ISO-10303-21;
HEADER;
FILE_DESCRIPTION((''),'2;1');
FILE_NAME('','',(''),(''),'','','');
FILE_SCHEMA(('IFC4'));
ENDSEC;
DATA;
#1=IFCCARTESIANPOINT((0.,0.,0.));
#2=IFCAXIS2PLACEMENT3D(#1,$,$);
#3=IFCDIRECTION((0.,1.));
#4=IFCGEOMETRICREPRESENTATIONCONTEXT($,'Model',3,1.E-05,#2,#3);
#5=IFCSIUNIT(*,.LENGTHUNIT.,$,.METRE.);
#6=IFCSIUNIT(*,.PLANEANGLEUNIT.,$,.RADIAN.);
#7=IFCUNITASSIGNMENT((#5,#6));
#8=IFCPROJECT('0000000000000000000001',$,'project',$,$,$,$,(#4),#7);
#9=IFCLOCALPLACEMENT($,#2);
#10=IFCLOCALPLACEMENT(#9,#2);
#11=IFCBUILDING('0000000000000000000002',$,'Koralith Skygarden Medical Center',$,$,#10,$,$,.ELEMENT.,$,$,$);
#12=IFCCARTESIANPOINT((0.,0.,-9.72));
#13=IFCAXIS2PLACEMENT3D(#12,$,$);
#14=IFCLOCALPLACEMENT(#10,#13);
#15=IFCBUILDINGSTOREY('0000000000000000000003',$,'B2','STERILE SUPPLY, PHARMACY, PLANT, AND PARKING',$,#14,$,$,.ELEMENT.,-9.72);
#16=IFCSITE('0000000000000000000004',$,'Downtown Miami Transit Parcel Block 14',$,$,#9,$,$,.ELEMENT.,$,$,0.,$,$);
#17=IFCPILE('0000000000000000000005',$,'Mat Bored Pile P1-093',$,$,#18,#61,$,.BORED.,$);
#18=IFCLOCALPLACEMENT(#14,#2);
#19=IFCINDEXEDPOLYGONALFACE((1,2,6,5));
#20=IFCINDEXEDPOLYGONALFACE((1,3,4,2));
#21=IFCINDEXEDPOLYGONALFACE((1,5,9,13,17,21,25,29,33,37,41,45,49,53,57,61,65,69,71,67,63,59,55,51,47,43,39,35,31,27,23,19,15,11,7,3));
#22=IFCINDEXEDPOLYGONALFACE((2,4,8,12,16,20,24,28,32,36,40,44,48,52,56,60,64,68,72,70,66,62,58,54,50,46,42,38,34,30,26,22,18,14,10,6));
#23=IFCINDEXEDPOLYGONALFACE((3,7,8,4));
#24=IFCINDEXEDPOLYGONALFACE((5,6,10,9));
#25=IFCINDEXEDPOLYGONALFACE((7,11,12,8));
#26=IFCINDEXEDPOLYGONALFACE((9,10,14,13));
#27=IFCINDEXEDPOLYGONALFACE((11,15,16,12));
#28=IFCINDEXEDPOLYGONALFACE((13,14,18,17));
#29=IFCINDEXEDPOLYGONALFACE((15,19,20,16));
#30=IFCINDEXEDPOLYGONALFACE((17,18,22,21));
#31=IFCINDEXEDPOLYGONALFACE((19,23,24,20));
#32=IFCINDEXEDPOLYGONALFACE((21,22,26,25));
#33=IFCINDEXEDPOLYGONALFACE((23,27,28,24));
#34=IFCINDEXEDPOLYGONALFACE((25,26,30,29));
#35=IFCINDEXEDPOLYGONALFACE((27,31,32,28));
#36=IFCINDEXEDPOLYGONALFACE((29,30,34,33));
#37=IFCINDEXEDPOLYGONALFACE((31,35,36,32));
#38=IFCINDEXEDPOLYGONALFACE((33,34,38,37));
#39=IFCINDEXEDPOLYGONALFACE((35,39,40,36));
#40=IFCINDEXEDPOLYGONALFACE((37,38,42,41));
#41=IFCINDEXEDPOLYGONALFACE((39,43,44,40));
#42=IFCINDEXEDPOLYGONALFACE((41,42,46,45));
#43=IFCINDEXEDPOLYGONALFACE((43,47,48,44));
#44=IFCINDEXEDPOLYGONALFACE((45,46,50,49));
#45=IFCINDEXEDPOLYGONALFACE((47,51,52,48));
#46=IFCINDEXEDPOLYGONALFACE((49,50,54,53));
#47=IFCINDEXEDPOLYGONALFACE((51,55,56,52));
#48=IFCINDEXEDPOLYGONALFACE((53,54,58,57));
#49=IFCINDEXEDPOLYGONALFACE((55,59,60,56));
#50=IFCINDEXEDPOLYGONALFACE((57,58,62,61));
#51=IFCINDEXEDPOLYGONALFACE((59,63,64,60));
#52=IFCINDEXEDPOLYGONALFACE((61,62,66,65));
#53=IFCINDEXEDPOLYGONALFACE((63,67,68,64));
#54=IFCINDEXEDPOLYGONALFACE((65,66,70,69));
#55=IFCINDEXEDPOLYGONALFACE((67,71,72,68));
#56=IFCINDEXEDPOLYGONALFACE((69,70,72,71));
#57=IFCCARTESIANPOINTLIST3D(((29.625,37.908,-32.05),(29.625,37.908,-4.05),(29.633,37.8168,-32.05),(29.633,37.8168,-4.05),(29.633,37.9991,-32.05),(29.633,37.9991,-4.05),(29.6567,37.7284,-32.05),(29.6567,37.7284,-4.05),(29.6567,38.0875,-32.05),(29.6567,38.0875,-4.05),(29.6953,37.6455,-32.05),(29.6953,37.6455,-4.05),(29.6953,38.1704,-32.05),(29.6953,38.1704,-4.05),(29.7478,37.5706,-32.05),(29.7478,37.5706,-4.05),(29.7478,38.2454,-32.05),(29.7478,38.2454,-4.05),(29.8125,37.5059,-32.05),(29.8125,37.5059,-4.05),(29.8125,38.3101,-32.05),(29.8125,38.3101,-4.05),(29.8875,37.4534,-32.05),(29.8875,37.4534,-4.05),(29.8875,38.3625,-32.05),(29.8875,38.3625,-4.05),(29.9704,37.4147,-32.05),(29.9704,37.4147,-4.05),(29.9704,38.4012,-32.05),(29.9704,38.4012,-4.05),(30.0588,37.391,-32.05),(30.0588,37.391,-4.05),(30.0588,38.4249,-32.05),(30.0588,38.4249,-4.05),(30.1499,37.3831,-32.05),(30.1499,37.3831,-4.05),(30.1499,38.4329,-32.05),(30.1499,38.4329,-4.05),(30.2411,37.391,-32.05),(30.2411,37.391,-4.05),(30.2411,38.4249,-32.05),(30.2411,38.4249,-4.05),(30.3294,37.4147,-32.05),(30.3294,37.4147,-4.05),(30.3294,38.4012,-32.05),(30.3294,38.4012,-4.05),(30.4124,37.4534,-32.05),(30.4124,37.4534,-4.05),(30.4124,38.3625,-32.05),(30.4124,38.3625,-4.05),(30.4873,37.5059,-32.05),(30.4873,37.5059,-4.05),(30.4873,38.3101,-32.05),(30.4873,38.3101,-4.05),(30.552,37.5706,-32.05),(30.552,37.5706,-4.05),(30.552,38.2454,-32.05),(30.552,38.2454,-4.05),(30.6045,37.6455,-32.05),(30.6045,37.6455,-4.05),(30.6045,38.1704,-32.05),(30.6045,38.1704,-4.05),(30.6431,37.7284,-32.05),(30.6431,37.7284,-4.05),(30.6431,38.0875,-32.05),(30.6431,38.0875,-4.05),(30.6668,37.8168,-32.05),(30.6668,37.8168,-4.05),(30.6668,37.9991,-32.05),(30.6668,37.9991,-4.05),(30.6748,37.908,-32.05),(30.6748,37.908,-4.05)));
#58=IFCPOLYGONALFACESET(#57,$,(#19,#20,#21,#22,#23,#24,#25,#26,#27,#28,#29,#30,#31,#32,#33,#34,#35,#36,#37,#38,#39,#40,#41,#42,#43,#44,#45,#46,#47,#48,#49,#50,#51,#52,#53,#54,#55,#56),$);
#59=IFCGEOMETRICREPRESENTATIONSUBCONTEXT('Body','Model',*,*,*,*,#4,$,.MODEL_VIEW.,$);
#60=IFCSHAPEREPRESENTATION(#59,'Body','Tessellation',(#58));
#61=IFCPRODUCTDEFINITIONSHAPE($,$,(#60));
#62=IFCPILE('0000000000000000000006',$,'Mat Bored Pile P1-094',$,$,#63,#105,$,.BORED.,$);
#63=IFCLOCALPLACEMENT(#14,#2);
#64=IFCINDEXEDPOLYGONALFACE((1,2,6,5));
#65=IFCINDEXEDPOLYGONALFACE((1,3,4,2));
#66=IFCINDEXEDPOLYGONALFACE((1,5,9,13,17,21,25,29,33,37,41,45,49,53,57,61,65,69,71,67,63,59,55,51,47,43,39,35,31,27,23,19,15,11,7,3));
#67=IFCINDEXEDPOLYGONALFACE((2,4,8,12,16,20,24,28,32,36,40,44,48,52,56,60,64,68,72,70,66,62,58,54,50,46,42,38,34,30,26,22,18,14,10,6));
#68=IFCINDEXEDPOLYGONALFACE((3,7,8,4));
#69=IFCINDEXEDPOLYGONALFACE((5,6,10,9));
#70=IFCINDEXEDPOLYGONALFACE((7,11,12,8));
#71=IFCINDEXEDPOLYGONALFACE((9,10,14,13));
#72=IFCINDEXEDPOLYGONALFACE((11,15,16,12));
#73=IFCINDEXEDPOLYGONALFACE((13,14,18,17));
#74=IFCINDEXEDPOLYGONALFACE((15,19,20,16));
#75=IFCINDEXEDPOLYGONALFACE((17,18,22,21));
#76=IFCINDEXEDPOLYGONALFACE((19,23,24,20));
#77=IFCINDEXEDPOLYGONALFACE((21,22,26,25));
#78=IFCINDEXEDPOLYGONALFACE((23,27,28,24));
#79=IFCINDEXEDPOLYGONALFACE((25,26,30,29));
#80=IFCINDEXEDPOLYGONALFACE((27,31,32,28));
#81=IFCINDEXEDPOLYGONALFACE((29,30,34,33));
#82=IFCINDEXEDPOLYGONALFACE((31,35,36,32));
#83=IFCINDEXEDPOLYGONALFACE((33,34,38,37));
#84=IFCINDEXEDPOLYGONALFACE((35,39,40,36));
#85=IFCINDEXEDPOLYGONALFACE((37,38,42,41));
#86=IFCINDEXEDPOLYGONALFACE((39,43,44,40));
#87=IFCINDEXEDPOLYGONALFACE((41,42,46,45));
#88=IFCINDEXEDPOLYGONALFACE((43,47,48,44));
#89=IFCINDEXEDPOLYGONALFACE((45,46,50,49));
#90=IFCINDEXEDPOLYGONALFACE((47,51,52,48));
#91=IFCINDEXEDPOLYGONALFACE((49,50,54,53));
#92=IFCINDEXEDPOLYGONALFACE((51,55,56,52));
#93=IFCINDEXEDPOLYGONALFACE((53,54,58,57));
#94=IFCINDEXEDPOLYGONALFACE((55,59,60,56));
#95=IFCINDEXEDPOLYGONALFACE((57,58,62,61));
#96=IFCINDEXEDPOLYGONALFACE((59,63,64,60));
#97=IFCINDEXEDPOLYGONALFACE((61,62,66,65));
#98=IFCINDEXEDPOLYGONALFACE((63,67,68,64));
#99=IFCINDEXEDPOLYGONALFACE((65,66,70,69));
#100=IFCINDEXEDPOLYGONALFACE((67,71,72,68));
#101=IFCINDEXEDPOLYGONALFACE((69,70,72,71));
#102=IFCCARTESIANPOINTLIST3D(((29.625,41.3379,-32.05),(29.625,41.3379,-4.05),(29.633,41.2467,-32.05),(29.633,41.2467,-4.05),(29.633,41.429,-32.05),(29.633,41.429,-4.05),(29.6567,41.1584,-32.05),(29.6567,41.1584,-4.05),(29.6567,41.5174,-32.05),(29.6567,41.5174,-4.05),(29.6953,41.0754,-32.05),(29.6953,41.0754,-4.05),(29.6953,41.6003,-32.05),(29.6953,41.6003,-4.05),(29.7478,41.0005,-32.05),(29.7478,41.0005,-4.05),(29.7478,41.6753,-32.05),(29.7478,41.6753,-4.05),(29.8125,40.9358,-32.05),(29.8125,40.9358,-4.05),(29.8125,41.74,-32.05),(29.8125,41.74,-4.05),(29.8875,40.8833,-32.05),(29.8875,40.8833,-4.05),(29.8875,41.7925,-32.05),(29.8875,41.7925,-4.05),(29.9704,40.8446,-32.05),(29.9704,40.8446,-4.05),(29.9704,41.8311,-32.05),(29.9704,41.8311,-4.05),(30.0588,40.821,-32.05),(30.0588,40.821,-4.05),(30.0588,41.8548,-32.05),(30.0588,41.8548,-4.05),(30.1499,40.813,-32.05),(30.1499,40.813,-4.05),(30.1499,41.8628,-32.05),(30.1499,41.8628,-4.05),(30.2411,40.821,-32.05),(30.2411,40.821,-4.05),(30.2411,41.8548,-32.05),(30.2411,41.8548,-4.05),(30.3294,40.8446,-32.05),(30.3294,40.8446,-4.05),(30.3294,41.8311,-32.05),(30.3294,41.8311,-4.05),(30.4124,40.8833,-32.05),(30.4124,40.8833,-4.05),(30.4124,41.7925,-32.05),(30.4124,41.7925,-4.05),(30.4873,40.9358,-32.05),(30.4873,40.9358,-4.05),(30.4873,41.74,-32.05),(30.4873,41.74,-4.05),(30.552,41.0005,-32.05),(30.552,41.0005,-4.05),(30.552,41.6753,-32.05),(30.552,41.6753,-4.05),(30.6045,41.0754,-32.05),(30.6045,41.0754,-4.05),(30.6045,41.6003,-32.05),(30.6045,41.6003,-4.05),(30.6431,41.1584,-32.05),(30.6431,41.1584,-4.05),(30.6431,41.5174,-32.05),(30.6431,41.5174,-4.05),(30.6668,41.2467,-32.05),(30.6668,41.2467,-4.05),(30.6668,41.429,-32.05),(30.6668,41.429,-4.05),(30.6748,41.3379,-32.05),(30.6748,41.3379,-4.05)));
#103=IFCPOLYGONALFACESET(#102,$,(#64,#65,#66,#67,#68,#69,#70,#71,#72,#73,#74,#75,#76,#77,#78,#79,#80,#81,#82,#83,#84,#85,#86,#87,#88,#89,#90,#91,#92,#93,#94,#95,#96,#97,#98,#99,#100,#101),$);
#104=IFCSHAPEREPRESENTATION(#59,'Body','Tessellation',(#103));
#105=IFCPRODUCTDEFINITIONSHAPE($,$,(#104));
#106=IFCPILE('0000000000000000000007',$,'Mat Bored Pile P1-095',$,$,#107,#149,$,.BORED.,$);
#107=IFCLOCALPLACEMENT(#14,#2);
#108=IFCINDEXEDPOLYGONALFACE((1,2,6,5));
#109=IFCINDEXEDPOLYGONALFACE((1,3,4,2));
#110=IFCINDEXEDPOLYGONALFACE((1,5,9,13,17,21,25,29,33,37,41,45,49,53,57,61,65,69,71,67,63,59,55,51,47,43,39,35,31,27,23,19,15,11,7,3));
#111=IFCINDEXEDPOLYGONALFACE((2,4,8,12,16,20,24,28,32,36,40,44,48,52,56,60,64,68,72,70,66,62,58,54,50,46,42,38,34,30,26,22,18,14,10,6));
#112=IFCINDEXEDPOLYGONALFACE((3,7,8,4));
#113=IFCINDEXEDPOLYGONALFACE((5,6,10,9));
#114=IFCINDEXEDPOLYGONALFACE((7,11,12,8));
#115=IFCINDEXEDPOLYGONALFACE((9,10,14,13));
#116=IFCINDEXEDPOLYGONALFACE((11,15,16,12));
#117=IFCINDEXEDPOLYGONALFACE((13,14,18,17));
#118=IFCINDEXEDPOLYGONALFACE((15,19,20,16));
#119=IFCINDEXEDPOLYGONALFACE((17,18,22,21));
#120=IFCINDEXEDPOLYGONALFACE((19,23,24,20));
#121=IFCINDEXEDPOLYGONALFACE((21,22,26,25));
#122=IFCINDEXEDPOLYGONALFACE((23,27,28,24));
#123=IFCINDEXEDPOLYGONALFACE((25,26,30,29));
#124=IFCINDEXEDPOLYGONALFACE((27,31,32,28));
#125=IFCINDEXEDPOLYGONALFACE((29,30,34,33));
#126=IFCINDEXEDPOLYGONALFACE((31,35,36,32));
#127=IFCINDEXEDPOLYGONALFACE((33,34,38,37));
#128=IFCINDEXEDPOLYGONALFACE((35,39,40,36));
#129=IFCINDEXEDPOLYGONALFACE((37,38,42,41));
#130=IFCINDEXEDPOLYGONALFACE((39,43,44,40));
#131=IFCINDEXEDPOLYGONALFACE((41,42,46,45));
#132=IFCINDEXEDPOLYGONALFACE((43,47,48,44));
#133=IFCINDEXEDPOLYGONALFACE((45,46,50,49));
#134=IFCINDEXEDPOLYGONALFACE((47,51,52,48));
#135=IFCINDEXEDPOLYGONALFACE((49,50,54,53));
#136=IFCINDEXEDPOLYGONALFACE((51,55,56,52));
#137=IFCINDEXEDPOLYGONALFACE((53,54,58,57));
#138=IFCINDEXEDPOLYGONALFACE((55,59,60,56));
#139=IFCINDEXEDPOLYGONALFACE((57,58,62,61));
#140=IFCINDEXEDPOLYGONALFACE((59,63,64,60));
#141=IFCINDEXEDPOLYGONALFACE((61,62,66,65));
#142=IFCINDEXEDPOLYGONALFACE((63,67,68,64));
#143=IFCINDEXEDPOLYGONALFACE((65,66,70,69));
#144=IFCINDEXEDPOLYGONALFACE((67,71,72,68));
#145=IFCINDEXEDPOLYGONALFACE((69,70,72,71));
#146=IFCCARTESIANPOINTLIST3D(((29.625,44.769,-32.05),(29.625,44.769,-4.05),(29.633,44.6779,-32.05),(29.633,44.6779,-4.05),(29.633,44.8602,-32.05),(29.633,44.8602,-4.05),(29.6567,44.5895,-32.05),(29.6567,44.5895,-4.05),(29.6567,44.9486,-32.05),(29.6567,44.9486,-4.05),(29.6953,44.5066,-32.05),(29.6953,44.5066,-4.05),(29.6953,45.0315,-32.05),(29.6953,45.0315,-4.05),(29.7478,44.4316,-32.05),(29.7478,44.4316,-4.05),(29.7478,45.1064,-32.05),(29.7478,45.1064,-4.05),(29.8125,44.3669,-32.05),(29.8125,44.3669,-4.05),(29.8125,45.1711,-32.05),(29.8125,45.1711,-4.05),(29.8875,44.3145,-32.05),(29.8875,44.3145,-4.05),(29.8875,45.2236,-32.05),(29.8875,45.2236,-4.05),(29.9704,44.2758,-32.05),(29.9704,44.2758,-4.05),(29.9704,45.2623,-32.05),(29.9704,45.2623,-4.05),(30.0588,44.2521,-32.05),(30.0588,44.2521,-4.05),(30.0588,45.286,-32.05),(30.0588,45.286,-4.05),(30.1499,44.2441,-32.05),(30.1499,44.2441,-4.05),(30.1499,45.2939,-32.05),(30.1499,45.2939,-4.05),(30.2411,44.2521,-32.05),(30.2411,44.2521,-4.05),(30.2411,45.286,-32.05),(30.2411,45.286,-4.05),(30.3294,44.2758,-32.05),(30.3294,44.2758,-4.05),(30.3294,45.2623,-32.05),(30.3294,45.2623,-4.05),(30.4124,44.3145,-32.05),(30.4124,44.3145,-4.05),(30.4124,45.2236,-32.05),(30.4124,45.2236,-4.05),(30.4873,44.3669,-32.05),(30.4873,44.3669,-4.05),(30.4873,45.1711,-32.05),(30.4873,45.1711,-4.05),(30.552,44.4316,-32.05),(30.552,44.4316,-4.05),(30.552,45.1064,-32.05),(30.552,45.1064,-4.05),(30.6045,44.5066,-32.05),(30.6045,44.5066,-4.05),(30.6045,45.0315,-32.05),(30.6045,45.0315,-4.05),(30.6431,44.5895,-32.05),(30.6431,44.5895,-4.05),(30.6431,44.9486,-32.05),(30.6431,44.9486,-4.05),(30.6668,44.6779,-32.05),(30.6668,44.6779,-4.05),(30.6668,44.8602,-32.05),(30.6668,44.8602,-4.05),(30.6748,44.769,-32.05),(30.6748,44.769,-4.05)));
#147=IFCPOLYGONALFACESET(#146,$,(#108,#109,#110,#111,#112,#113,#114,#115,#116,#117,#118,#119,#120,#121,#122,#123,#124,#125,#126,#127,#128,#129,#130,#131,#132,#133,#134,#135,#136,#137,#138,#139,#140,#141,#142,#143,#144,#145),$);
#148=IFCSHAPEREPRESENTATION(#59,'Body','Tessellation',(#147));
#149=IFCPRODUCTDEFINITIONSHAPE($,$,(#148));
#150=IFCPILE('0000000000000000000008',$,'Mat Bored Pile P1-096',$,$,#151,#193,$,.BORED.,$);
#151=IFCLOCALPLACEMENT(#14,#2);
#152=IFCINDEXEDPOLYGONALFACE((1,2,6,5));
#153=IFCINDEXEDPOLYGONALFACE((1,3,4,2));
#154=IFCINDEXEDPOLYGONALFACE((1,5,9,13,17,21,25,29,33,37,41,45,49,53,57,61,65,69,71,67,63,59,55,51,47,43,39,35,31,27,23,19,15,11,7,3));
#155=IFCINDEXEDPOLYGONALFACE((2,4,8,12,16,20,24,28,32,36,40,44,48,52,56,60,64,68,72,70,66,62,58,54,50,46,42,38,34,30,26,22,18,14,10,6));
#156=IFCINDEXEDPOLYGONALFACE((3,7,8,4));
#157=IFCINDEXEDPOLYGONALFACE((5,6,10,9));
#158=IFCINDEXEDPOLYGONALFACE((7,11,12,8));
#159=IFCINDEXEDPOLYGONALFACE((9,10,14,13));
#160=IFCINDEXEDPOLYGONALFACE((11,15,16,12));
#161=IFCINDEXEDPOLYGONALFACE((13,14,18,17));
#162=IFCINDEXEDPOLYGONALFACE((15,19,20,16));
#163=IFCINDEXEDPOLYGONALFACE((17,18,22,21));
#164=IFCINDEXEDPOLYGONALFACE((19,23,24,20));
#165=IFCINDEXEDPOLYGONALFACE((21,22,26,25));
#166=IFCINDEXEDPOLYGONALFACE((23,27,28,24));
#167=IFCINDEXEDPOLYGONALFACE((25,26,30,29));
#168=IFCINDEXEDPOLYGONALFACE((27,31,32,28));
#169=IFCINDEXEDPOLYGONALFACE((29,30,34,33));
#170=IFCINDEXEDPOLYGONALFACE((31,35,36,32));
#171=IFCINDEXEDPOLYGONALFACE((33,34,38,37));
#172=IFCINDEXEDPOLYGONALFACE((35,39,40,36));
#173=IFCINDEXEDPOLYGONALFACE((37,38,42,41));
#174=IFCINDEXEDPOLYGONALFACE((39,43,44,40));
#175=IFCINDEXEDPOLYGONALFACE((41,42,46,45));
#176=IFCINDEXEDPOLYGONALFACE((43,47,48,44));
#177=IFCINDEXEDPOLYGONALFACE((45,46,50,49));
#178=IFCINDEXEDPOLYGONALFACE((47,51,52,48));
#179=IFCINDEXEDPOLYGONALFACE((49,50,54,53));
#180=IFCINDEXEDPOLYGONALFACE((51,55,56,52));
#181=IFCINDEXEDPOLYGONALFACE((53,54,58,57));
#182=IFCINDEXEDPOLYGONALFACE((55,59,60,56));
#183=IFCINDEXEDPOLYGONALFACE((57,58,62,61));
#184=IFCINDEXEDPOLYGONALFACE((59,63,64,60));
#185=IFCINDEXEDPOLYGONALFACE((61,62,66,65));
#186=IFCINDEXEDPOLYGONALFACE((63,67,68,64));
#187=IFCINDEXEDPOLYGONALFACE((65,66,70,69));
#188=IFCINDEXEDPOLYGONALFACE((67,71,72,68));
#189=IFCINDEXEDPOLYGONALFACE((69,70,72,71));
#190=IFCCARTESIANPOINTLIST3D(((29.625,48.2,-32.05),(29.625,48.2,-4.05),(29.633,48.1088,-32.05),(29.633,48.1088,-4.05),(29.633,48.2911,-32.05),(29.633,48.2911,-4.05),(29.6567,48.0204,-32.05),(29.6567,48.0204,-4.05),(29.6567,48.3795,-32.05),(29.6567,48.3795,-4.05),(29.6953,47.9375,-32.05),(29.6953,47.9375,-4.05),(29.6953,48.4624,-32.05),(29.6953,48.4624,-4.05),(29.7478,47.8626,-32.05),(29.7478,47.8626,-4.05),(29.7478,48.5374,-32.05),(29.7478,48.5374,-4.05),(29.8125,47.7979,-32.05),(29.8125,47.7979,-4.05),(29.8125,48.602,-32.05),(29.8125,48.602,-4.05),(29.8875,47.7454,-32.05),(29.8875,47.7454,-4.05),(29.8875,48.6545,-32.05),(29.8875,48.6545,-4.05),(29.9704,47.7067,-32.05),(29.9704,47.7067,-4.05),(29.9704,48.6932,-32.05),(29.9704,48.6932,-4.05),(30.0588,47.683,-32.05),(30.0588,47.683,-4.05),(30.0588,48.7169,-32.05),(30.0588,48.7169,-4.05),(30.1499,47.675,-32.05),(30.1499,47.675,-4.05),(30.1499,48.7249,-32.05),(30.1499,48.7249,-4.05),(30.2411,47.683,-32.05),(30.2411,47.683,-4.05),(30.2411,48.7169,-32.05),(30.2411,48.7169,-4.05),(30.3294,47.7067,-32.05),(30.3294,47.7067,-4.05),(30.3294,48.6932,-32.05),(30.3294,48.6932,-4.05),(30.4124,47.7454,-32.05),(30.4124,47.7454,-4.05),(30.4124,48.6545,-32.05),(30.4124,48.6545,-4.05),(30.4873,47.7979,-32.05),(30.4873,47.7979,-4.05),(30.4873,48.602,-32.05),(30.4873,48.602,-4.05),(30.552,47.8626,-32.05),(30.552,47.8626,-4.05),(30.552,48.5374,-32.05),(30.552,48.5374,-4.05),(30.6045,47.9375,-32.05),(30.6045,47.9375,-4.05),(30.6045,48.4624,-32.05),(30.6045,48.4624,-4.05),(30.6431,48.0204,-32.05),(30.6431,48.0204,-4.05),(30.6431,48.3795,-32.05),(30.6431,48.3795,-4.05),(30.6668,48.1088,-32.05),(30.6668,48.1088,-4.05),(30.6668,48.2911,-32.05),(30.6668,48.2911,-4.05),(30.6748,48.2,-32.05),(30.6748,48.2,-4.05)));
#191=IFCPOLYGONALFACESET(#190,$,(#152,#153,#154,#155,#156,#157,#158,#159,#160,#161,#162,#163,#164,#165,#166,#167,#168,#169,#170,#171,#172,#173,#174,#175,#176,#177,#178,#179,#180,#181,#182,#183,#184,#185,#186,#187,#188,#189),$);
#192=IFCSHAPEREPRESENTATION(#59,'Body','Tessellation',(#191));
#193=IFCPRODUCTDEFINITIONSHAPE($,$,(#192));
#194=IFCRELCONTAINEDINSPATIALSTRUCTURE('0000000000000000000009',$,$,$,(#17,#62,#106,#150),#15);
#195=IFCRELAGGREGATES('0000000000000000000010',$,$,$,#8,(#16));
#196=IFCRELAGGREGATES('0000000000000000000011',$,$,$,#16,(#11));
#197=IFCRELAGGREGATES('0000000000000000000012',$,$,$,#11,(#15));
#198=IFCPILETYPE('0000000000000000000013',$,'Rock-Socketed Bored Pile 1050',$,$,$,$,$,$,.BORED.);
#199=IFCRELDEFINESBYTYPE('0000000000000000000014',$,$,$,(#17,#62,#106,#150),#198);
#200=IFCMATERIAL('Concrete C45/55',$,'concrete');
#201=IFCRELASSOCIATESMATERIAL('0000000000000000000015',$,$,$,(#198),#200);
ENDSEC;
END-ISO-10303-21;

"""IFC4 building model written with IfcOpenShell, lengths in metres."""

from ifc_helpers import new_model, si_unit, direction, frame, origin, origin_2d, place, context, subcontext, project, spatial, circle, extrude, material, material_profile, profile_set, type_object, element, save


model = new_model("IFC4")

# Units and contexts
model_context = context("Model", 3, precision=1e-05, world=origin(), true_north=direction((0.0, 1.0)))
body_context = subcontext(model_context, "Body", "Model", "MODEL_VIEW")
ifc_project = project(units=[si_unit("LENGTHUNIT", "METRE"), si_unit("PLANEANGLEUNIT", "RADIAN")], contexts=[model_context])

# Site, building, storey
site_placement = place(None, origin())
site = spatial("IfcSite", under=ifc_project, at=site_placement, Name="Downtown Miami Transit Parcel Block 14", CompositionType="ELEMENT", RefElevation=0.0)
building_placement = place(site_placement, origin())
building = spatial("IfcBuilding", under=site, at=building_placement, Name="Koralith Skygarden Medical Center", CompositionType="ELEMENT")
storey_placement = place(building_placement, frame((0.0, 0.0, -9.72)))
storey = spatial("IfcBuildingStorey", under=building, at=storey_placement, Name="B2", Description="STERILE SUPPLY, PHARMACY, PLANT, AND PARKING", CompositionType="ELEMENT", Elevation=-9.72)

# Piles
ifc_material_1 = material(Name="Concrete C45/55", Category="concrete")
ifc_material_profile_1 = material_profile(ifc_material_1, circle(Radius=0.5249, at=origin_2d()), Name="PILE1050")
ifc_profile_set_1 = profile_set([ifc_material_profile_1], Name="Concrete C45/55")
pile_type_1 = type_object("IfcPileType", Name="Rock-Socketed Bored Pile 1050", PredefinedType="BORED", material=ifc_profile_set_1)
for number, where, z_axis, x_axis, name in (
    (1, (30.1499, 37.908, -4.05), (0.0, 0.0, -1.0), (1.0, 0.0, 0.0), "Mat Bored Pile P1-093"),
    (2, (30.1499, 41.3379, -4.05), (0.0, 0.0, -1.0), (1.0, 0.0, 0.0), "Mat Bored Pile P1-094"),
    (3, (30.1499, 44.769, -4.05), (0.0, 0.0, -1.0), (1.0, 0.0, 0.0), "Mat Bored Pile P1-095"),
    (4, (30.1499, 48.2, -4.05), (0.0, 0.0, -1.0), (1.0, 0.0, 0.0), "Mat Bored Pile P1-096"),
):
    element("IfcPile", number, at=place(storey_placement, frame(where, z_axis=z_axis, x_axis=x_axis)), inside=storey, type_object=pile_type_1, Name=name, PredefinedType="BORED", context=body_context, shape_type="SweptSolid", body=[
        extrude(circle(Radius=0.5249, at=origin_2d()), origin(), (0.0, 0.0, 1.0), 28.0),
    ])

save(model, "model.ifc")
